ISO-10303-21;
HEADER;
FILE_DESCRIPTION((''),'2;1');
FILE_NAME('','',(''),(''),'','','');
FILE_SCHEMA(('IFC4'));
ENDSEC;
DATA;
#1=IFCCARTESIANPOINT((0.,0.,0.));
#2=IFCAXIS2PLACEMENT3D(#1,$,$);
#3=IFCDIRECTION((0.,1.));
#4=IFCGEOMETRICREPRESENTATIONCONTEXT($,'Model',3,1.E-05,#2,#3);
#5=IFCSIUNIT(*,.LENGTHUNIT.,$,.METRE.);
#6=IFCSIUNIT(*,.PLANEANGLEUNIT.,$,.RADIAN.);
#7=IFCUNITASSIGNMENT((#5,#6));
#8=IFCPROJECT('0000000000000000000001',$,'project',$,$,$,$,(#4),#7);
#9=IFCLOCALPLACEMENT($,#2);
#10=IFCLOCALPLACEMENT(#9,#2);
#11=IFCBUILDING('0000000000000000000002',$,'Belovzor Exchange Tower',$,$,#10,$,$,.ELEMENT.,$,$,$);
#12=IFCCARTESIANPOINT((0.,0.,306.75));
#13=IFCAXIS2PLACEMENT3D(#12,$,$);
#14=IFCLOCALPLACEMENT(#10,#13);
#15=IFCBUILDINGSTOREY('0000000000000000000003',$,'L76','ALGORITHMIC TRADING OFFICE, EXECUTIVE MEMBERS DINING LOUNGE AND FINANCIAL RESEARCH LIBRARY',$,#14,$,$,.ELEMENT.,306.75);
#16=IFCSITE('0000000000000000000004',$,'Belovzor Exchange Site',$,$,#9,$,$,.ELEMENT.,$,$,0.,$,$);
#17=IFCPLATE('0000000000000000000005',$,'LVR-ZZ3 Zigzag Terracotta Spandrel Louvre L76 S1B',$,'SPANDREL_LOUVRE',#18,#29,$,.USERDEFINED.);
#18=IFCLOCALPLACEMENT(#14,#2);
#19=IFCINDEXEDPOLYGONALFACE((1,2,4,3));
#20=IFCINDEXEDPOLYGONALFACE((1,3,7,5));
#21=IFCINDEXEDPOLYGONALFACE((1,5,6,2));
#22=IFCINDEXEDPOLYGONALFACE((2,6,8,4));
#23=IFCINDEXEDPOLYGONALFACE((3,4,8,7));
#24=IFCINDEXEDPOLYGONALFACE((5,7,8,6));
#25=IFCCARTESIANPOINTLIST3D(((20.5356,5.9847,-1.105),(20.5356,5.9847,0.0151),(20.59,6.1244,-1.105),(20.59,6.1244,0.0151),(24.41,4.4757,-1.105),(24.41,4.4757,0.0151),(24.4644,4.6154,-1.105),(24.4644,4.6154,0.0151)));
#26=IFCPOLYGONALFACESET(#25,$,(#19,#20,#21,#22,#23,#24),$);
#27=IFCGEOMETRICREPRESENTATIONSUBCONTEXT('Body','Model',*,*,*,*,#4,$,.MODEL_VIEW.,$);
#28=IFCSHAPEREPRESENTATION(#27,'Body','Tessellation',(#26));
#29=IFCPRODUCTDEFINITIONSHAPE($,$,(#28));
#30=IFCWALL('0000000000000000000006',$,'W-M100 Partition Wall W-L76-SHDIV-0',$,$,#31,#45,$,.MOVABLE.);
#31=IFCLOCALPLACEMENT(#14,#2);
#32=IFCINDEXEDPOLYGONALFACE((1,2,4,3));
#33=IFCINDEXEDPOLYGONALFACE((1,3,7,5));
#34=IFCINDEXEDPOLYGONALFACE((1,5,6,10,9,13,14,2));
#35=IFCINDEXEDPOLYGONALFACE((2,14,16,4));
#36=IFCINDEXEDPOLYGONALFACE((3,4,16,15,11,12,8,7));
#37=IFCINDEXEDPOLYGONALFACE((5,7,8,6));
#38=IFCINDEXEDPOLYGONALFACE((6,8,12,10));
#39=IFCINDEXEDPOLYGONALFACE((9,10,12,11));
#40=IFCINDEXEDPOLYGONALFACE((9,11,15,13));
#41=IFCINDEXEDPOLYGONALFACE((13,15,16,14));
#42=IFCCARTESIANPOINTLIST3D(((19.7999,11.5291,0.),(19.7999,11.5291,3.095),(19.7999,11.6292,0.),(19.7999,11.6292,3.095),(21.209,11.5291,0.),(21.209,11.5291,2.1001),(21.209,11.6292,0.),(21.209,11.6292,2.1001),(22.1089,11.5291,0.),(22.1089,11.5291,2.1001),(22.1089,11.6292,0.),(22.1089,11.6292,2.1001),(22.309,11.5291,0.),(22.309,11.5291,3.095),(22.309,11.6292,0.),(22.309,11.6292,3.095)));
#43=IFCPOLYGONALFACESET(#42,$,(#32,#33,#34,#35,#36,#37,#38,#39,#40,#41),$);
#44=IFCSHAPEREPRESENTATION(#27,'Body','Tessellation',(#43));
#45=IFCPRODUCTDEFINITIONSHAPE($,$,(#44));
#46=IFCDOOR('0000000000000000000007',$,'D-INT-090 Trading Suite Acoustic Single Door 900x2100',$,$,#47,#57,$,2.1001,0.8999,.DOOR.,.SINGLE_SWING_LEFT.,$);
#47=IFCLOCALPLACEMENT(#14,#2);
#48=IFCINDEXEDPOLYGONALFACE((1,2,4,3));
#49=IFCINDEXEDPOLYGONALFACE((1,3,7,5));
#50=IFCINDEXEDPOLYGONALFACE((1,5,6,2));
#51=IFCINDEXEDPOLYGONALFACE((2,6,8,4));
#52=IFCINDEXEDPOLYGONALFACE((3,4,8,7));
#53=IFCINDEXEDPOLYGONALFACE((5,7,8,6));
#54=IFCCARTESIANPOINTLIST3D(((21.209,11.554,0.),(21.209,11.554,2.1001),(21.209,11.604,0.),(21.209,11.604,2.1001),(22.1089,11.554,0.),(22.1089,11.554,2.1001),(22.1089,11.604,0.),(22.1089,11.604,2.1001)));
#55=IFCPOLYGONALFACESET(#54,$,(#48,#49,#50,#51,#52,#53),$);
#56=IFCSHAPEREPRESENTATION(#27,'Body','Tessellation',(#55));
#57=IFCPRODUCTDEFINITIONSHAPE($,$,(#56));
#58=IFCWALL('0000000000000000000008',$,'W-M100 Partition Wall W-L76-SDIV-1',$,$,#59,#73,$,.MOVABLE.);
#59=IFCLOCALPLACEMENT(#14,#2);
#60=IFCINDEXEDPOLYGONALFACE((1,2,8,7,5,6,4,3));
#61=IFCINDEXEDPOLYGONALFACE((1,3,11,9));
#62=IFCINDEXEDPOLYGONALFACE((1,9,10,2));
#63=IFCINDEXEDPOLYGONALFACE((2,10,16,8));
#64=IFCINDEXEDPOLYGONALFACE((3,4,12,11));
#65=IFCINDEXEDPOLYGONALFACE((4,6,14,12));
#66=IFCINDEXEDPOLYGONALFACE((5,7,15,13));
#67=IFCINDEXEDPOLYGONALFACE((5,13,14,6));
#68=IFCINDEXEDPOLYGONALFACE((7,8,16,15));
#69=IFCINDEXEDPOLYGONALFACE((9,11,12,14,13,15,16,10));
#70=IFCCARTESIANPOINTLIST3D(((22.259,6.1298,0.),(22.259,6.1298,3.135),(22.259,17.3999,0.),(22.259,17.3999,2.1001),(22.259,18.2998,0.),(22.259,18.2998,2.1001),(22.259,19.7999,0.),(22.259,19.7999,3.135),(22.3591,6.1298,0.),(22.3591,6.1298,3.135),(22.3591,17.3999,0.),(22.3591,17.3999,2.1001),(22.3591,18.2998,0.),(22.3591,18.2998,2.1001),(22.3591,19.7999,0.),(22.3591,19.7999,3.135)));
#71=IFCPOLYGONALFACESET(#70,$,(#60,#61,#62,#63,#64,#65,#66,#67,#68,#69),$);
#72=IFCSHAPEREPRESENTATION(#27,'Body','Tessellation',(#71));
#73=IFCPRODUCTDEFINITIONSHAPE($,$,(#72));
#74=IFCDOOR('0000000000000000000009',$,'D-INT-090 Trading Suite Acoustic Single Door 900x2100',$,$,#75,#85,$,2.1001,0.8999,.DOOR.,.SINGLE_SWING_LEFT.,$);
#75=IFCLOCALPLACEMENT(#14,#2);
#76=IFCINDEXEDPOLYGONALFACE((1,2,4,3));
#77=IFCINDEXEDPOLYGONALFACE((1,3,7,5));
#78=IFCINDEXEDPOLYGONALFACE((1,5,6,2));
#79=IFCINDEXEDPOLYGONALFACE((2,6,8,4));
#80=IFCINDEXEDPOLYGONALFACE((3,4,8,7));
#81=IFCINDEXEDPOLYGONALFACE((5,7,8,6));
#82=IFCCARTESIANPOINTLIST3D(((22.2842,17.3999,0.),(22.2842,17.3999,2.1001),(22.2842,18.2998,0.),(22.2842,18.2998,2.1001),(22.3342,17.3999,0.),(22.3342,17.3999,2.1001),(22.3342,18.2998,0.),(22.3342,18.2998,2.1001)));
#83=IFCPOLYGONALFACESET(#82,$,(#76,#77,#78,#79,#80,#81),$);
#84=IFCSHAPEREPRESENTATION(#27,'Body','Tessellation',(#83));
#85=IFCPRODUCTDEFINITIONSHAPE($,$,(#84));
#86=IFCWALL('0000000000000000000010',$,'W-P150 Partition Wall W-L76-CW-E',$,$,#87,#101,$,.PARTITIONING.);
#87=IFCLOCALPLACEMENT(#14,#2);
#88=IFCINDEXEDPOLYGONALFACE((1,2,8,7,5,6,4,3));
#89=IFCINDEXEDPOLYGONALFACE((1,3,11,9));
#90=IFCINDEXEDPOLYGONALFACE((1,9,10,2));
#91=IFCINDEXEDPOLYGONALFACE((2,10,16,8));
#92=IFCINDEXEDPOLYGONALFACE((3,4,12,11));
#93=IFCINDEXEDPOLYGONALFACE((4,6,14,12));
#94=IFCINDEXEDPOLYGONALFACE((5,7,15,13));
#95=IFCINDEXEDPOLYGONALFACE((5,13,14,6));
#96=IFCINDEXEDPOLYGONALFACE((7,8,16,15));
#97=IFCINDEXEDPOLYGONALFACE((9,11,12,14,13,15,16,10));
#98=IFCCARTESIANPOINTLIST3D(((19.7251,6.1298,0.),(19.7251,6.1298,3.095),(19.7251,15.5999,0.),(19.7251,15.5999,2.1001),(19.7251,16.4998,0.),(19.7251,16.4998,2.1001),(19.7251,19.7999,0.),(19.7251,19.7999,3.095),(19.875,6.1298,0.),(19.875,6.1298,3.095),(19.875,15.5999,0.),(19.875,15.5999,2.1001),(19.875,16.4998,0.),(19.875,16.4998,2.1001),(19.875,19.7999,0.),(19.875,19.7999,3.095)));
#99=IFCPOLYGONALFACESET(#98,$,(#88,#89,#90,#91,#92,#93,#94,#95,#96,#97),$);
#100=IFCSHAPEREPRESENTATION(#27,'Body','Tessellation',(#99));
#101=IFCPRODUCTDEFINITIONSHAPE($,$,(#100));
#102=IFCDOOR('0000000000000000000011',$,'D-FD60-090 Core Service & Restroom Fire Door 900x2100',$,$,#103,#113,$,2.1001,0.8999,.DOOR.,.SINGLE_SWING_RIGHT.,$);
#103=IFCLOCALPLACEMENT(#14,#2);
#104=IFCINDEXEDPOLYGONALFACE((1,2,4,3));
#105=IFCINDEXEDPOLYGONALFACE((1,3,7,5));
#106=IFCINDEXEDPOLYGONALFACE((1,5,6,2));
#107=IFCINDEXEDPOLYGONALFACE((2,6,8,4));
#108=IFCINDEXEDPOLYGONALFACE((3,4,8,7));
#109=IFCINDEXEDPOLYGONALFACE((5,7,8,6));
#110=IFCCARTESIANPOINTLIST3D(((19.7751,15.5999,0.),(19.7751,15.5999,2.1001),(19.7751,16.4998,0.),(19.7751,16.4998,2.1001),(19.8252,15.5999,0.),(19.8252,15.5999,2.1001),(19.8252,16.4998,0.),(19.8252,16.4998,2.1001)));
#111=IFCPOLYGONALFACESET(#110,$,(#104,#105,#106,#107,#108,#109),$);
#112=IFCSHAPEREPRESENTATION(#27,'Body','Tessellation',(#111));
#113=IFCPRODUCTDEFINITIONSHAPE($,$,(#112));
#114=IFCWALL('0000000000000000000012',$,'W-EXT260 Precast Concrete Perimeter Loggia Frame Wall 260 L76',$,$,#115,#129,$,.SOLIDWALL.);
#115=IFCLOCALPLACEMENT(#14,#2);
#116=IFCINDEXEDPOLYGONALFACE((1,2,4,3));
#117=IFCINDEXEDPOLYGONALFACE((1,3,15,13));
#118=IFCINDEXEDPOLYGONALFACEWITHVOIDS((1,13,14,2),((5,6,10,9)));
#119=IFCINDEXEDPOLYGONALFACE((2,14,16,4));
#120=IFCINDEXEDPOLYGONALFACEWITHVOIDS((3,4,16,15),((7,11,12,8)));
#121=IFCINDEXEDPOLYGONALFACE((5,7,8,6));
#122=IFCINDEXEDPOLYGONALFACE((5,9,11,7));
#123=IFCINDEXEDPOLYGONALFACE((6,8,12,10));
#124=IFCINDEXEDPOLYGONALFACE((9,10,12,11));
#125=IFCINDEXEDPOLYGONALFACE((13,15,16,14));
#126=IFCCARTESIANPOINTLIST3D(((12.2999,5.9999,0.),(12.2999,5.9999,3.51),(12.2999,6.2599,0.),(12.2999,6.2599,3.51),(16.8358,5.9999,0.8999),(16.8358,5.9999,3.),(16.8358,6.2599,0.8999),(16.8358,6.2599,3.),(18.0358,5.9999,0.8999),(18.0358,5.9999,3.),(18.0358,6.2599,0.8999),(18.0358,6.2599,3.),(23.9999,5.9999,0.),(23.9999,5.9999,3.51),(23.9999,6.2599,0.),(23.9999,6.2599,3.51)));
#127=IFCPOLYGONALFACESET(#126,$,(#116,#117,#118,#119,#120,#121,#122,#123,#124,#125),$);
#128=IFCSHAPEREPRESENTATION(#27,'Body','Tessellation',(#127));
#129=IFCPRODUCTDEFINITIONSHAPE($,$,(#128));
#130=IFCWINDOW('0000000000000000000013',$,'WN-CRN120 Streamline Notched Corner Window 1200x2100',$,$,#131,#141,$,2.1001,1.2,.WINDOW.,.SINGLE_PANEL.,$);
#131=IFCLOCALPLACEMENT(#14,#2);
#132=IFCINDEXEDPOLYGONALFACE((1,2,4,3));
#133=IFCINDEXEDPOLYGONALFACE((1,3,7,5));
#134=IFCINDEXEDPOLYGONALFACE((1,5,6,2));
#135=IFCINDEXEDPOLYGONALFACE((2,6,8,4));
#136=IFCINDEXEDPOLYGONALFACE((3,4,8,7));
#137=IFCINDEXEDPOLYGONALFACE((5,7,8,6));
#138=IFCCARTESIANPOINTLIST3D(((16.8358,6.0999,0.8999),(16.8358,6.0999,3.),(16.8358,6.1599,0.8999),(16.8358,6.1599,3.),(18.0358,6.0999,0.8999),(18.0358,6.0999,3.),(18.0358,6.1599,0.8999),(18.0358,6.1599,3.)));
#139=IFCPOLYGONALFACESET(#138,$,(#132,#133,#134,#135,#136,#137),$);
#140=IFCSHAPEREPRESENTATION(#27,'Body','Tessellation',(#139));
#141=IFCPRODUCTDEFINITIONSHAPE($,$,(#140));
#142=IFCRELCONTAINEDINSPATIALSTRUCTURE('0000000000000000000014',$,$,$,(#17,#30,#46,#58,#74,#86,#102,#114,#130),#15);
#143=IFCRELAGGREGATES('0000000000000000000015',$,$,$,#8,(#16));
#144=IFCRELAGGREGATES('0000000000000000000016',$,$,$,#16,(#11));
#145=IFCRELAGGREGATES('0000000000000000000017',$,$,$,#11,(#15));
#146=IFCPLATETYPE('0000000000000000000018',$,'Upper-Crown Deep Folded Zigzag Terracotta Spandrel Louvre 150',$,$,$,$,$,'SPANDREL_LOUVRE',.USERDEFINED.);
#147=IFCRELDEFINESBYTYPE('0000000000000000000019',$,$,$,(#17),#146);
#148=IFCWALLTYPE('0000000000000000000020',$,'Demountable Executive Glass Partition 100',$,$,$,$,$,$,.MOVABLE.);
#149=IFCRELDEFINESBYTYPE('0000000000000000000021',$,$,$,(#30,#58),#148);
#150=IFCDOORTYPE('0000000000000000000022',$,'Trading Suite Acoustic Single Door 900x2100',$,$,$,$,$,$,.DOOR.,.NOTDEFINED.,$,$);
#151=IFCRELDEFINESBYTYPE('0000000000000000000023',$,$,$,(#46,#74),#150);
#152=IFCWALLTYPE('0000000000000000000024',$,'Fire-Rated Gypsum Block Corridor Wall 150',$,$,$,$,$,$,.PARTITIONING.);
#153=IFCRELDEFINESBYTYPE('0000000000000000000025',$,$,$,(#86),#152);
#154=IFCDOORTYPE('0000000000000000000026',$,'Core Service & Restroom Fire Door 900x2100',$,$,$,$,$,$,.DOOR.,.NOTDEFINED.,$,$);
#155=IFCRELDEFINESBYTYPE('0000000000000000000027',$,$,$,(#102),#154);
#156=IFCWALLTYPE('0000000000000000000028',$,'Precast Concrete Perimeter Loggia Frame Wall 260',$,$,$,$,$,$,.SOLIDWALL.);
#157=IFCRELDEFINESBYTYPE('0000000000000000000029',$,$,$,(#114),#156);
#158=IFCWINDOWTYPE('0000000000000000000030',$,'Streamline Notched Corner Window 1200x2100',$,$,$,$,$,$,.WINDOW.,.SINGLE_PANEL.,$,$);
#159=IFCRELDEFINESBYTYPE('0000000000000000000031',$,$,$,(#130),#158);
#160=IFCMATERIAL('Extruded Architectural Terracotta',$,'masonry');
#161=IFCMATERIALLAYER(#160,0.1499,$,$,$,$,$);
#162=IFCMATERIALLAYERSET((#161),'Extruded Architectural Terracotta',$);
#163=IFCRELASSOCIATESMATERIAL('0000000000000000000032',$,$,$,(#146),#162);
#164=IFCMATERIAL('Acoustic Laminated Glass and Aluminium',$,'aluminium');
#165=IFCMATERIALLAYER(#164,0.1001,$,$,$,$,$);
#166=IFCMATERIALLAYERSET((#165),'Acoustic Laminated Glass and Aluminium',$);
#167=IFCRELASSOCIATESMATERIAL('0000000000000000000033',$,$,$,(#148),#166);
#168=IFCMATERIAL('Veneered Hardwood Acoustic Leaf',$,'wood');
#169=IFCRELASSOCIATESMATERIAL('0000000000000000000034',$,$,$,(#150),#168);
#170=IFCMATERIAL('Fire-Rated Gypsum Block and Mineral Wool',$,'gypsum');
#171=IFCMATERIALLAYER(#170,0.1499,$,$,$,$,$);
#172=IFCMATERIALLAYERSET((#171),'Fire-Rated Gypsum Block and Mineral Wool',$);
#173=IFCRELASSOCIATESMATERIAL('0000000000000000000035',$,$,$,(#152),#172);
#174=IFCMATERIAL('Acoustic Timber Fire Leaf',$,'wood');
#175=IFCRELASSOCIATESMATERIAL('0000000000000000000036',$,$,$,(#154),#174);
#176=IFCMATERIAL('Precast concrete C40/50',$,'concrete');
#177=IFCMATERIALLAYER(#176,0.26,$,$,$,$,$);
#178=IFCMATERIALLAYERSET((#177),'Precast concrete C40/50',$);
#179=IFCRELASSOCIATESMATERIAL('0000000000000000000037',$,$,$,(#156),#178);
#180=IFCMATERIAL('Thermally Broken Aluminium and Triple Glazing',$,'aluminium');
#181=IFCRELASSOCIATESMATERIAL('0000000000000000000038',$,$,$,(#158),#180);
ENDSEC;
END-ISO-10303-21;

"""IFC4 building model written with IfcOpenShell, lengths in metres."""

from ifc_helpers import new_model, si_unit, direction, frame, frame_2d, origin, origin_2d, place, context, subcontext, project, spatial, rectangle, extrude, material, layer, layer_set, type_object, element, fill, save


model = new_model("IFC4")

# Units and contexts
model_context = context("Model", 3, precision=1e-05, world=origin(), true_north=direction((0.0, 1.0)))
body_context = subcontext(model_context, "Body", "Model", "MODEL_VIEW")
ifc_project = project(units=[si_unit("LENGTHUNIT", "METRE"), si_unit("PLANEANGLEUNIT", "RADIAN")], contexts=[model_context])

# Site, building, storey
site_placement = place(None, origin())
site = spatial("IfcSite", under=ifc_project, at=site_placement, Name="Belovzor Exchange Site", CompositionType="ELEMENT", RefElevation=0.0)
building_placement = place(site_placement, origin())
building = spatial("IfcBuilding", under=site, at=building_placement, Name="Belovzor Exchange Tower", CompositionType="ELEMENT")
storey_placement = place(building_placement, frame((0.0, 0.0, 306.75)))
storey = spatial("IfcBuildingStorey", under=building, at=storey_placement, Name="L76", Description="ALGORITHMIC TRADING OFFICE, EXECUTIVE MEMBERS DINING LOUNGE AND FINANCIAL RESEARCH LIBRARY", CompositionType="ELEMENT", Elevation=306.75)

# Plate
ifc_material_1 = material(Name="Extruded Architectural Terracotta", Category="masonry")
ifc_layer_1 = layer(ifc_material_1, 0.1499)
ifc_layer_set_1 = layer_set([ifc_layer_1], Name="Extruded Architectural Terracotta")
plate_type_1 = type_object("IfcPlateType", Name="Upper-Crown Deep Folded Zigzag Terracotta Spandrel Louvre 150", ElementType="SPANDREL_LOUVRE", PredefinedType="USERDEFINED", material=ifc_layer_set_1)
for number, where, z_axis, x_axis, name in (
    (1, (22.5, 5.3, -1.105), (0.0, 0.0, 1.0), (0.931818, -0.362926, 0.0), "LVR-ZZ3 Zigzag Terracotta Spandrel Louvre L76 S1B"),
):
    element("IfcPlate", number, at=place(storey_placement, frame(where, z_axis=z_axis, x_axis=x_axis)), inside=storey, type_object=plate_type_1, Name=name, ObjectType="SPANDREL_LOUVRE", PredefinedType="USERDEFINED", context=body_context, shape_type="SweptSolid", body=[
        extrude(rectangle(XDim=4.158, YDim=0.1499, at=origin_2d()), origin(), (0.0, 0.0, 1.0), 1.1201),
    ])

# Walls, openings, doors
ifc_material_2 = material(Name="Acoustic Laminated Glass and Aluminium", Category="aluminium")
ifc_layer_2 = layer(ifc_material_2, 0.1001)
ifc_layer_set_2 = layer_set([ifc_layer_2], Name="Acoustic Laminated Glass and Aluminium")
wall_type_1 = type_object("IfcWallType", Name="Demountable Executive Glass Partition 100", PredefinedType="MOVABLE", material=ifc_layer_set_2)
wall_1_placement = place(storey_placement, frame((19.8, 11.5791, 0.0), z_axis=(0.0, 0.0, 1.0), x_axis=(1.0, 0.0, 0.0)))
wall_1 = element("IfcWall", 2, at=wall_1_placement, inside=storey, type_object=wall_type_1, Name="W-M100 Partition Wall W-L76-SHDIV-0", PredefinedType="MOVABLE", context=body_context, shape_type="SweptSolid", body=[
    extrude(rectangle(XDim=2.509, YDim=0.1001, at=frame_2d((1.2544, 0.0))), origin(), (0.0, 0.0, 1.0), 3.095),
])
opening_1_placement = place(wall_1_placement, frame((1.4089, 0.0, 0.0)))
opening_1 = element("IfcOpeningElement", 3, at=opening_1_placement, cuts=wall_1, PredefinedType="OPENING", context=body_context, shape_type="SweptSolid", body=[
    extrude(rectangle(XDim=0.8999, YDim=2.1001, at=frame_2d((0.45, 1.05))), frame((0.0, 0.0601, 0.0), z_axis=(0.0, -1.0, 0.0), x_axis=(1.0, 0.0, 0.0)), (0.0, 0.0, 1.0), 0.1201),
])
ifc_material_3 = material(Name="Veneered Hardwood Acoustic Leaf", Category="wood")
door_type_1 = type_object("IfcDoorType", Name="Trading Suite Acoustic Single Door 900x2100", OperationType="NOTDEFINED", PredefinedType="DOOR", material=ifc_material_3)
door_1_placement = place(opening_1_placement, origin())
door_1 = element("IfcDoor", 4, at=door_1_placement, inside=storey, type_object=door_type_1, Name="D-INT-090 Trading Suite Acoustic Single Door 900x2100", OperationType="SINGLE_SWING_LEFT", OverallHeight=2.1001, OverallWidth=0.8999, PredefinedType="DOOR", context=body_context, shape_type="SweptSolid", body=[
    extrude(rectangle(XDim=0.8999, YDim=2.1001, at=frame_2d((0.45, 1.05))), frame((0.0, 0.0249, 0.0), z_axis=(0.0, -1.0, 0.0), x_axis=(1.0, 0.0, 0.0)), (0.0, 0.0, 1.0), 0.05),
])
fill(opening_1, door_1)
wall_2_placement = place(storey_placement, frame((22.3091, 6.1299, 0.0), z_axis=(0.0, 0.0, 1.0), x_axis=(0.0, 1.0, 0.0)))
wall_2 = element("IfcWall", 5, at=wall_2_placement, inside=storey, type_object=wall_type_1, Name="W-M100 Partition Wall W-L76-SDIV-1", PredefinedType="MOVABLE", context=body_context, shape_type="SweptSolid", body=[
    extrude(rectangle(XDim=13.6702, YDim=0.1001, at=frame_2d((6.835, 0.0))), origin(), (0.0, 0.0, 1.0), 3.135),
])
opening_2_placement = place(wall_2_placement, frame((11.27, 0.0, 0.0)))
opening_2 = element("IfcOpeningElement", 6, at=opening_2_placement, cuts=wall_2, PredefinedType="OPENING", context=body_context, shape_type="SweptSolid", body=[
    extrude(rectangle(XDim=0.8999, YDim=2.1001, at=frame_2d((0.45, 1.05))), frame((0.0, 0.0601, 0.0), z_axis=(0.0, -1.0, 0.0), x_axis=(1.0, 0.0, 0.0)), (0.0, 0.0, 1.0), 0.1201),
])
door_2_placement = place(opening_2_placement, origin())
door_2 = element("IfcDoor", 7, at=door_2_placement, inside=storey, type_object=door_type_1, Name="D-INT-090 Trading Suite Acoustic Single Door 900x2100", OperationType="SINGLE_SWING_LEFT", OverallHeight=2.1001, OverallWidth=0.8999, PredefinedType="DOOR", context=body_context, shape_type="SweptSolid", body=[
    extrude(rectangle(XDim=0.8999, YDim=2.1001, at=frame_2d((0.45, 1.05))), frame((0.0, 0.0249, 0.0), z_axis=(0.0, -1.0, 0.0), x_axis=(1.0, 0.0, 0.0)), (0.0, 0.0, 1.0), 0.05),
])
fill(opening_2, door_2)
ifc_material_4 = material(Name="Fire-Rated Gypsum Block and Mineral Wool", Category="gypsum")
ifc_layer_3 = layer(ifc_material_4, 0.1499)
ifc_layer_set_3 = layer_set([ifc_layer_3], Name="Fire-Rated Gypsum Block and Mineral Wool")
wall_type_2 = type_object("IfcWallType", Name="Fire-Rated Gypsum Block Corridor Wall 150", PredefinedType="PARTITIONING", material=ifc_layer_set_3)
wall_3_placement = place(storey_placement, frame((19.8, 6.1299, 0.0), z_axis=(0.0, 0.0, 1.0), x_axis=(0.0, 1.0, 0.0)))
wall_3 = element("IfcWall", 8, at=wall_3_placement, inside=storey, type_object=wall_type_2, Name="W-P150 Partition Wall W-L76-CW-E", PredefinedType="PARTITIONING", context=body_context, shape_type="SweptSolid", body=[
    extrude(rectangle(XDim=13.6702, YDim=0.1499, at=frame_2d((6.835, 0.0))), origin(), (0.0, 0.0, 1.0), 3.095),
])
opening_3_placement = place(wall_3_placement, frame((9.47, 0.0, 0.0)))
opening_3 = element("IfcOpeningElement", 9, at=opening_3_placement, cuts=wall_3, PredefinedType="OPENING", context=body_context, shape_type="SweptSolid", body=[
    extrude(rectangle(XDim=0.8999, YDim=2.1001, at=frame_2d((0.45, 1.05))), frame((0.0, 0.085, 0.0), z_axis=(0.0, -1.0, 0.0), x_axis=(1.0, 0.0, 0.0)), (0.0, 0.0, 1.0), 0.1699),
])
ifc_material_5 = material(Name="Acoustic Timber Fire Leaf", Category="wood")
door_type_2 = type_object("IfcDoorType", Name="Core Service & Restroom Fire Door 900x2100", OperationType="NOTDEFINED", PredefinedType="DOOR", material=ifc_material_5)
door_3_placement = place(opening_3_placement, origin())
door_3 = element("IfcDoor", 10, at=door_3_placement, inside=storey, type_object=door_type_2, Name="D-FD60-090 Core Service & Restroom Fire Door 900x2100", OperationType="SINGLE_SWING_RIGHT", OverallHeight=2.1001, OverallWidth=0.8999, PredefinedType="DOOR", context=body_context, shape_type="SweptSolid", body=[
    extrude(rectangle(XDim=0.8999, YDim=2.1001, at=frame_2d((0.45, 1.05))), frame((0.0, 0.0249, 0.0), z_axis=(0.0, -1.0, 0.0), x_axis=(1.0, 0.0, 0.0)), (0.0, 0.0, 1.0), 0.05),
])
fill(opening_3, door_3)

# Wall, opening, window
ifc_material_6 = material(Name="Precast concrete C40/50", Category="concrete")
ifc_layer_4 = layer(ifc_material_6, 0.26)
ifc_layer_set_4 = layer_set([ifc_layer_4], Name="Precast concrete C40/50")
wall_type_3 = type_object("IfcWallType", Name="Precast Concrete Perimeter Loggia Frame Wall 260", PredefinedType="SOLIDWALL", material=ifc_layer_set_4)
wall_4_placement = place(storey_placement, frame((24.0, 6.1299, 0.0), z_axis=(0.0, 0.0, 1.0), x_axis=(-1.0, 0.0, 0.0)))
wall_4 = element("IfcWall", 11, at=wall_4_placement, inside=storey, type_object=wall_type_3, Name="W-EXT260 Precast Concrete Perimeter Loggia Frame Wall 260 L76", PredefinedType="SOLIDWALL", context=body_context, shape_type="SweptSolid", body=[
    extrude(rectangle(XDim=11.7, YDim=0.26, at=frame_2d((5.8501, 0.0))), origin(), (0.0, 0.0, 1.0), 3.51),
])
opening_4_placement = place(wall_4_placement, frame((5.9641, 0.0, 0.8999)))
opening_4 = element("IfcOpeningElement", 12, at=opening_4_placement, cuts=wall_4, PredefinedType="OPENING", context=body_context, shape_type="SweptSolid", body=[
    extrude(rectangle(XDim=1.2, YDim=2.1001, at=frame_2d((0.6001, 1.05))), frame((0.0, 0.1399, 0.0), z_axis=(0.0, -1.0, 0.0), x_axis=(1.0, 0.0, 0.0)), (0.0, 0.0, 1.0), 0.28),
])
ifc_material_7 = material(Name="Thermally Broken Aluminium and Triple Glazing", Category="aluminium")
window_type = type_object("IfcWindowType", Name="Streamline Notched Corner Window 1200x2100", PartitioningType="SINGLE_PANEL", PredefinedType="WINDOW", material=ifc_material_7)
window_placement = place(opening_4_placement, origin())
window = element("IfcWindow", 13, at=window_placement, inside=storey, type_object=window_type, Name="WN-CRN120 Streamline Notched Corner Window 1200x2100", OverallHeight=2.1001, OverallWidth=1.2, PartitioningType="SINGLE_PANEL", PredefinedType="WINDOW", context=body_context, shape_type="SweptSolid", body=[
    extrude(rectangle(XDim=1.2, YDim=2.1001, at=frame_2d((0.6001, 1.05))), frame((0.0, 0.03, 0.0), z_axis=(0.0, -1.0, 0.0), x_axis=(1.0, 0.0, 0.0)), (0.0, 0.0, 1.0), 0.0601),
])
fill(opening_4, window)

save(model, "model.ifc")
